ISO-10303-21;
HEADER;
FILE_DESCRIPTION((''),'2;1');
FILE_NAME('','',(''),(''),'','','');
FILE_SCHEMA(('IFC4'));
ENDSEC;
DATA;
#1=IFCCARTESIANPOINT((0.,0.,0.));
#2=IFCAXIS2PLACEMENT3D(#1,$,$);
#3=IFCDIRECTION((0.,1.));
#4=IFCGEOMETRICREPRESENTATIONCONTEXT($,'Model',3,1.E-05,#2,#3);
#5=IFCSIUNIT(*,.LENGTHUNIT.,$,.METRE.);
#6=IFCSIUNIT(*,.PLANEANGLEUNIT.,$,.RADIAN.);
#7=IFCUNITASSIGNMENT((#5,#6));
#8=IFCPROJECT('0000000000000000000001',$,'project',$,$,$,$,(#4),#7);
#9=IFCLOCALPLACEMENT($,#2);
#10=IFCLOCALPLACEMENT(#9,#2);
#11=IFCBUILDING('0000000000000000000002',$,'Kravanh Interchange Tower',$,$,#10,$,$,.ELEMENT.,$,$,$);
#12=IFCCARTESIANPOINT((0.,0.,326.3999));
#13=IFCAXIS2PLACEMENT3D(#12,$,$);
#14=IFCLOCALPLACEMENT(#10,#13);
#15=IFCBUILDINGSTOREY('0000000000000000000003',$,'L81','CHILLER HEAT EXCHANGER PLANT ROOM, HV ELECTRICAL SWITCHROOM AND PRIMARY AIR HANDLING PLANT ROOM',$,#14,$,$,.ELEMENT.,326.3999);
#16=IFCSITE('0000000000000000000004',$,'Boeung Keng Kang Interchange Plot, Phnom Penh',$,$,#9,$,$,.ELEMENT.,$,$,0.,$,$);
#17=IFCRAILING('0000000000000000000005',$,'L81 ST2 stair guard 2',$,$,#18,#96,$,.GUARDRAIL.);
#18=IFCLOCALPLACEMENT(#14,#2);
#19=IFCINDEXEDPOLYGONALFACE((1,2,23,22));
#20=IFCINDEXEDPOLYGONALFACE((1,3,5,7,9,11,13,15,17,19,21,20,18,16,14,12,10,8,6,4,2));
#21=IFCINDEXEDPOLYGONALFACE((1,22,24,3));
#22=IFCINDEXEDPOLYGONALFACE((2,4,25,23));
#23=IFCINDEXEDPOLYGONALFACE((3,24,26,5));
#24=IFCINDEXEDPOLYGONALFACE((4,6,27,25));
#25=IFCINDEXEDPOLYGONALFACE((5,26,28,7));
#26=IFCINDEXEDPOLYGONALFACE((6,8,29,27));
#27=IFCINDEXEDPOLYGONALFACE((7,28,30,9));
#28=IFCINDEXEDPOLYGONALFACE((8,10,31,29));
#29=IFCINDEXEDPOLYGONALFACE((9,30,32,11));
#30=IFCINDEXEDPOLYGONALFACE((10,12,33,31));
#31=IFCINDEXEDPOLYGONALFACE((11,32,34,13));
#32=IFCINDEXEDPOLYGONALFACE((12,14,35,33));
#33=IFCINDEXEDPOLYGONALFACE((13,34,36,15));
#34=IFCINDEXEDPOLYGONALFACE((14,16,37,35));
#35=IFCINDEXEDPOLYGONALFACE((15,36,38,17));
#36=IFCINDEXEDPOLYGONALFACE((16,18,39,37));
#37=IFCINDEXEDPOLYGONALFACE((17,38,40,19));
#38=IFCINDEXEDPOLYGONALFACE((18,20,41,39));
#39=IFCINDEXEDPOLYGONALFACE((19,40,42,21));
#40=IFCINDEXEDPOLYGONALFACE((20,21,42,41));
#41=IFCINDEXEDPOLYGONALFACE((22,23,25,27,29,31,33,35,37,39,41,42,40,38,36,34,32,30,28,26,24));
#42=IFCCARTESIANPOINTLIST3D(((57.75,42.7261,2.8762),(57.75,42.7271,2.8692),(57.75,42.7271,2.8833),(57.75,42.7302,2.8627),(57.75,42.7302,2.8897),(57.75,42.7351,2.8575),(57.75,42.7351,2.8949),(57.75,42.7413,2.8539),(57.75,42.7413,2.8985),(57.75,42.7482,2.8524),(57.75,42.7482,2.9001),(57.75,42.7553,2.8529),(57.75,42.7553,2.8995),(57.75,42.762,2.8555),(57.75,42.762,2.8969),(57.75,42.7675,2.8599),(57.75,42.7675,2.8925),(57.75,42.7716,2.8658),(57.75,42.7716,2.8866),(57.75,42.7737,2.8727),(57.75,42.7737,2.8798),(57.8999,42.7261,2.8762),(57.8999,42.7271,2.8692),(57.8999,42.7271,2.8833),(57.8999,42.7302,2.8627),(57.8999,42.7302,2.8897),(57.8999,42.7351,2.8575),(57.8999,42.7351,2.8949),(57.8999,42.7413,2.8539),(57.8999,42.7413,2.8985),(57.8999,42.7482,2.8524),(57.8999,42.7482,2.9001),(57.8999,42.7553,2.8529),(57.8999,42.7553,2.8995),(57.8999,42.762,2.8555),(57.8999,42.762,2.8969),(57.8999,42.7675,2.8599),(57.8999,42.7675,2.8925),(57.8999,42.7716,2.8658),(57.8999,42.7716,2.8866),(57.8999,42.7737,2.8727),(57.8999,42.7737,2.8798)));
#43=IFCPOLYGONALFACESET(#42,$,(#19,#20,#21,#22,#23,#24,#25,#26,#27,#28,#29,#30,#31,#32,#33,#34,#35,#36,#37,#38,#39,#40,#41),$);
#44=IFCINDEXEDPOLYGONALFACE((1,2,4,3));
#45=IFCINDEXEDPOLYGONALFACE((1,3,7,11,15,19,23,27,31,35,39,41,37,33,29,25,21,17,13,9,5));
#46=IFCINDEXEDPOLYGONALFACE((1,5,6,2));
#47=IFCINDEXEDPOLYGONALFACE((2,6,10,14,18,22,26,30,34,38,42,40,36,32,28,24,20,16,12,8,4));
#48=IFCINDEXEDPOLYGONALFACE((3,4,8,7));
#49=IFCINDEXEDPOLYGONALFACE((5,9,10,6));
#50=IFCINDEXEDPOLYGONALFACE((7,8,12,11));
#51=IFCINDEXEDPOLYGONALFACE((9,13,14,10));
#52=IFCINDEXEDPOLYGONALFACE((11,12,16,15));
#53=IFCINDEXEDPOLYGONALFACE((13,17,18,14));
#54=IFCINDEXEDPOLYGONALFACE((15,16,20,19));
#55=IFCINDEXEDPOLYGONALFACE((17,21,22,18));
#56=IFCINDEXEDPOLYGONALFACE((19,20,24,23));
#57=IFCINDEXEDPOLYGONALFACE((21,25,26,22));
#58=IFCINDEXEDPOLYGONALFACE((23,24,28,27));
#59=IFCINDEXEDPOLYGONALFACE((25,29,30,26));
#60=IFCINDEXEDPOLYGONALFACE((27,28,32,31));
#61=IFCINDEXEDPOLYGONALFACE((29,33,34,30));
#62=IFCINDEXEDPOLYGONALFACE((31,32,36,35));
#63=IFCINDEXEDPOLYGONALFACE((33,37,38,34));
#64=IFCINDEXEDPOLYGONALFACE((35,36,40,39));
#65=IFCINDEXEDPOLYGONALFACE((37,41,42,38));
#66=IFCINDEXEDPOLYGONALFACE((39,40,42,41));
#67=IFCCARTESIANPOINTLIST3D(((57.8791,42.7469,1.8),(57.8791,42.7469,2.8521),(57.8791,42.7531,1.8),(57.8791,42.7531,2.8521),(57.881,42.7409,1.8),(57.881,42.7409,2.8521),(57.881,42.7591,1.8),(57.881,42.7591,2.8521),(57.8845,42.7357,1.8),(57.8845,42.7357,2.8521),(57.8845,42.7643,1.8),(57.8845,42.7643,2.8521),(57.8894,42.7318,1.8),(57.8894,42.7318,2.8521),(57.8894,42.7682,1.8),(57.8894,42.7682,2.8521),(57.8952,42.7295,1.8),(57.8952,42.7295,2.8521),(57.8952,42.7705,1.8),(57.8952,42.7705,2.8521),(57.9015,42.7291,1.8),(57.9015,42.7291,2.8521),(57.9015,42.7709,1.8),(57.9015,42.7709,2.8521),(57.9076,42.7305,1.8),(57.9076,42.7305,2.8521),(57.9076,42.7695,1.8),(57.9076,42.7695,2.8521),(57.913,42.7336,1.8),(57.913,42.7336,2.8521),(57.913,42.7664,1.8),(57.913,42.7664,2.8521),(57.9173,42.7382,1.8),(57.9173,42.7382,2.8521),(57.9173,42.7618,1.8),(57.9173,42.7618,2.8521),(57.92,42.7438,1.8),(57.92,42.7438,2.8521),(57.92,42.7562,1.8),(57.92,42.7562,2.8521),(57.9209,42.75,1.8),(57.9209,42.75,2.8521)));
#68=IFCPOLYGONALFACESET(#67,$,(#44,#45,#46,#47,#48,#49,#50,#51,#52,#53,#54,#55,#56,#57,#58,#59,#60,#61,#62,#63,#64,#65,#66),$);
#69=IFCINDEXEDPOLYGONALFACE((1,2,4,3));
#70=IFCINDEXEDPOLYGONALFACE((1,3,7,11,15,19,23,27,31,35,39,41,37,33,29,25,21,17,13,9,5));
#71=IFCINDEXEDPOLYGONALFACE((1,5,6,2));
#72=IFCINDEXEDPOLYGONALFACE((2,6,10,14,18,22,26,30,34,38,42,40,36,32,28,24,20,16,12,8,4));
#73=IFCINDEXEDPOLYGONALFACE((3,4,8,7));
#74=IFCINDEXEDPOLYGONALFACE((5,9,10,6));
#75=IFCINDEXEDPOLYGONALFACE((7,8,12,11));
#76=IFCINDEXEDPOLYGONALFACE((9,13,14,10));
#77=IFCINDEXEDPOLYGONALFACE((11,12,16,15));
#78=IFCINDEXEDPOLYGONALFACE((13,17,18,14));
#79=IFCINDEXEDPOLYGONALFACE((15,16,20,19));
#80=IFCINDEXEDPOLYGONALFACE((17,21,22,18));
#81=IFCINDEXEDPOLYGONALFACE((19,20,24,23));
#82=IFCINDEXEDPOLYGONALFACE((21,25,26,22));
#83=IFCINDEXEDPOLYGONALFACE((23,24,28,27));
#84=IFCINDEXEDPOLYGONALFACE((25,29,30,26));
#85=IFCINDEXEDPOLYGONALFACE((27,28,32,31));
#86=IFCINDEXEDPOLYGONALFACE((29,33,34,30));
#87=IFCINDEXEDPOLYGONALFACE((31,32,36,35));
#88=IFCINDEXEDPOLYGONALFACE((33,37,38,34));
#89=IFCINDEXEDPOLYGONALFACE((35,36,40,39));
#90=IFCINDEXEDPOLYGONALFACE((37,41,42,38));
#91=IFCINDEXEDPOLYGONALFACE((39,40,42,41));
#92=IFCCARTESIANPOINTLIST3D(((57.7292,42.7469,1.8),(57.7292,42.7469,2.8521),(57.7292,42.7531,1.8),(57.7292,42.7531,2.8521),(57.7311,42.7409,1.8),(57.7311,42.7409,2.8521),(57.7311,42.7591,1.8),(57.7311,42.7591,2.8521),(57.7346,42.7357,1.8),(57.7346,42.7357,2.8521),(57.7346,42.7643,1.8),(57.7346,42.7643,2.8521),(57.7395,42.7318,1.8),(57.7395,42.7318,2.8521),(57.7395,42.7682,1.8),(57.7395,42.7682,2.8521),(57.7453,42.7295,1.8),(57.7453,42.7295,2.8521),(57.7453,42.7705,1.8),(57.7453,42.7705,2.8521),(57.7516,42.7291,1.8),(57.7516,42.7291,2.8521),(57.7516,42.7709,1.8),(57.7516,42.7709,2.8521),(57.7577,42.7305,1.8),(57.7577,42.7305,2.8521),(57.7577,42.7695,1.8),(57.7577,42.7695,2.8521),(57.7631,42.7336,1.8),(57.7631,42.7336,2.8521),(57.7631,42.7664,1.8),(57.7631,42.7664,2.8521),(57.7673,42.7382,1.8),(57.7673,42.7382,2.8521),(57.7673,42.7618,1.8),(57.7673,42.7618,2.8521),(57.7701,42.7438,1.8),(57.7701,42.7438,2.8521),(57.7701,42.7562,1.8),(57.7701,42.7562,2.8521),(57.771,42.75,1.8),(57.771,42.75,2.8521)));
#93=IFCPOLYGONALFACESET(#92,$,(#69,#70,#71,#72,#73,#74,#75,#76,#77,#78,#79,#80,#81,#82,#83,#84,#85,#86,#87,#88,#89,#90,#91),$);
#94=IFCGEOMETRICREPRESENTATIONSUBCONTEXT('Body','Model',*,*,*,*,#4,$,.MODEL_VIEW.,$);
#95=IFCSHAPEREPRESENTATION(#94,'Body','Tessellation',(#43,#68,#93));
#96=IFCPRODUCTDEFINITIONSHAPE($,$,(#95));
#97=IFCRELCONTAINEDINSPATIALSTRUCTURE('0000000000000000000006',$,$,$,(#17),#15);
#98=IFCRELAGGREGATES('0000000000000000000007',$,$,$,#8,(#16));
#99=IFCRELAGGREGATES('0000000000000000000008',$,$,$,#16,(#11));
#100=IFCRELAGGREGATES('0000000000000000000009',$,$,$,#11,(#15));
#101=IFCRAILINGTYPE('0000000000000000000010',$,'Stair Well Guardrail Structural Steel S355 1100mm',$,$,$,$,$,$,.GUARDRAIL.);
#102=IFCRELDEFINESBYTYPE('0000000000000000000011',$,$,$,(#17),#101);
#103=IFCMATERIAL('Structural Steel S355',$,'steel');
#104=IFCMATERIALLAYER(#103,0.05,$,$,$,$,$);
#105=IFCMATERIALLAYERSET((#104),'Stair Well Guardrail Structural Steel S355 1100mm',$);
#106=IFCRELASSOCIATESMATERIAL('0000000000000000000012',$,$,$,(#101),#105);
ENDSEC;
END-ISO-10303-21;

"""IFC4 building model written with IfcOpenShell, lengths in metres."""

from ifc_helpers import new_model, si_unit, direction, frame, origin, origin_2d, place, context, subcontext, project, spatial, circle, extrude, material, layer, layer_set, type_object, element, save


model = new_model("IFC4")

# Units and contexts
model_context = context("Model", 3, precision=1e-05, world=origin(), true_north=direction((0.0, 1.0)))
body_context = subcontext(model_context, "Body", "Model", "MODEL_VIEW")
ifc_project = project(units=[si_unit("LENGTHUNIT", "METRE"), si_unit("PLANEANGLEUNIT", "RADIAN")], contexts=[model_context])

# Site, building, storey
site_placement = place(None, origin())
site = spatial("IfcSite", under=ifc_project, at=site_placement, Name="Boeung Keng Kang Interchange Plot, Phnom Penh", CompositionType="ELEMENT", RefElevation=0.0)
building_placement = place(site_placement, origin())
building = spatial("IfcBuilding", under=site, at=building_placement, Name="Kravanh Interchange Tower", CompositionType="ELEMENT")
storey_placement = place(building_placement, frame((0.0, 0.0, 326.3999)))
storey = spatial("IfcBuildingStorey", under=building, at=storey_placement, Name="L81", Description="CHILLER HEAT EXCHANGER PLANT ROOM, HV ELECTRICAL SWITCHROOM AND PRIMARY AIR HANDLING PLANT ROOM", CompositionType="ELEMENT", Elevation=326.3999)

# Railing
ifc_material_1 = material(Name="Structural Steel S355", Category="steel")
ifc_layer_1 = layer(ifc_material_1, 0.05)
ifc_layer_set_1 = layer_set([ifc_layer_1], Name="Stair Well Guardrail Structural Steel S355 1100mm")
railing_type_1 = type_object("IfcRailingType", Name="Stair Well Guardrail Structural Steel S355 1100mm", PredefinedType="GUARDRAIL", material=ifc_layer_set_1)
railing_1_placement = place(storey_placement, frame((57.8999, 42.75, 1.8)))
element("IfcRailing", 1, at=railing_1_placement, inside=storey, type_object=railing_type_1, Name="L81 ST2 stair guard 2", PredefinedType="GUARDRAIL", context=body_context, shape_type="SweptSolid", body=[
    extrude(circle(Radius=0.0239, at=origin_2d()), frame((0.0, 0.0, 1.0762), z_axis=(-1.0, 0.0, 0.0), x_axis=(0.0, -1.0, 0.0)), (0.0, 0.0, 1.0), 0.1499),
    extrude(circle(Radius=0.021, at=origin_2d()), origin(), (0.0, 0.0, 1.0), 1.052),
    extrude(circle(Radius=0.021, at=origin_2d()), frame((-0.1499, 0.0, 0.0)), (0.0, 0.0, 1.0), 1.052),
])

save(model, "model.ifc")
